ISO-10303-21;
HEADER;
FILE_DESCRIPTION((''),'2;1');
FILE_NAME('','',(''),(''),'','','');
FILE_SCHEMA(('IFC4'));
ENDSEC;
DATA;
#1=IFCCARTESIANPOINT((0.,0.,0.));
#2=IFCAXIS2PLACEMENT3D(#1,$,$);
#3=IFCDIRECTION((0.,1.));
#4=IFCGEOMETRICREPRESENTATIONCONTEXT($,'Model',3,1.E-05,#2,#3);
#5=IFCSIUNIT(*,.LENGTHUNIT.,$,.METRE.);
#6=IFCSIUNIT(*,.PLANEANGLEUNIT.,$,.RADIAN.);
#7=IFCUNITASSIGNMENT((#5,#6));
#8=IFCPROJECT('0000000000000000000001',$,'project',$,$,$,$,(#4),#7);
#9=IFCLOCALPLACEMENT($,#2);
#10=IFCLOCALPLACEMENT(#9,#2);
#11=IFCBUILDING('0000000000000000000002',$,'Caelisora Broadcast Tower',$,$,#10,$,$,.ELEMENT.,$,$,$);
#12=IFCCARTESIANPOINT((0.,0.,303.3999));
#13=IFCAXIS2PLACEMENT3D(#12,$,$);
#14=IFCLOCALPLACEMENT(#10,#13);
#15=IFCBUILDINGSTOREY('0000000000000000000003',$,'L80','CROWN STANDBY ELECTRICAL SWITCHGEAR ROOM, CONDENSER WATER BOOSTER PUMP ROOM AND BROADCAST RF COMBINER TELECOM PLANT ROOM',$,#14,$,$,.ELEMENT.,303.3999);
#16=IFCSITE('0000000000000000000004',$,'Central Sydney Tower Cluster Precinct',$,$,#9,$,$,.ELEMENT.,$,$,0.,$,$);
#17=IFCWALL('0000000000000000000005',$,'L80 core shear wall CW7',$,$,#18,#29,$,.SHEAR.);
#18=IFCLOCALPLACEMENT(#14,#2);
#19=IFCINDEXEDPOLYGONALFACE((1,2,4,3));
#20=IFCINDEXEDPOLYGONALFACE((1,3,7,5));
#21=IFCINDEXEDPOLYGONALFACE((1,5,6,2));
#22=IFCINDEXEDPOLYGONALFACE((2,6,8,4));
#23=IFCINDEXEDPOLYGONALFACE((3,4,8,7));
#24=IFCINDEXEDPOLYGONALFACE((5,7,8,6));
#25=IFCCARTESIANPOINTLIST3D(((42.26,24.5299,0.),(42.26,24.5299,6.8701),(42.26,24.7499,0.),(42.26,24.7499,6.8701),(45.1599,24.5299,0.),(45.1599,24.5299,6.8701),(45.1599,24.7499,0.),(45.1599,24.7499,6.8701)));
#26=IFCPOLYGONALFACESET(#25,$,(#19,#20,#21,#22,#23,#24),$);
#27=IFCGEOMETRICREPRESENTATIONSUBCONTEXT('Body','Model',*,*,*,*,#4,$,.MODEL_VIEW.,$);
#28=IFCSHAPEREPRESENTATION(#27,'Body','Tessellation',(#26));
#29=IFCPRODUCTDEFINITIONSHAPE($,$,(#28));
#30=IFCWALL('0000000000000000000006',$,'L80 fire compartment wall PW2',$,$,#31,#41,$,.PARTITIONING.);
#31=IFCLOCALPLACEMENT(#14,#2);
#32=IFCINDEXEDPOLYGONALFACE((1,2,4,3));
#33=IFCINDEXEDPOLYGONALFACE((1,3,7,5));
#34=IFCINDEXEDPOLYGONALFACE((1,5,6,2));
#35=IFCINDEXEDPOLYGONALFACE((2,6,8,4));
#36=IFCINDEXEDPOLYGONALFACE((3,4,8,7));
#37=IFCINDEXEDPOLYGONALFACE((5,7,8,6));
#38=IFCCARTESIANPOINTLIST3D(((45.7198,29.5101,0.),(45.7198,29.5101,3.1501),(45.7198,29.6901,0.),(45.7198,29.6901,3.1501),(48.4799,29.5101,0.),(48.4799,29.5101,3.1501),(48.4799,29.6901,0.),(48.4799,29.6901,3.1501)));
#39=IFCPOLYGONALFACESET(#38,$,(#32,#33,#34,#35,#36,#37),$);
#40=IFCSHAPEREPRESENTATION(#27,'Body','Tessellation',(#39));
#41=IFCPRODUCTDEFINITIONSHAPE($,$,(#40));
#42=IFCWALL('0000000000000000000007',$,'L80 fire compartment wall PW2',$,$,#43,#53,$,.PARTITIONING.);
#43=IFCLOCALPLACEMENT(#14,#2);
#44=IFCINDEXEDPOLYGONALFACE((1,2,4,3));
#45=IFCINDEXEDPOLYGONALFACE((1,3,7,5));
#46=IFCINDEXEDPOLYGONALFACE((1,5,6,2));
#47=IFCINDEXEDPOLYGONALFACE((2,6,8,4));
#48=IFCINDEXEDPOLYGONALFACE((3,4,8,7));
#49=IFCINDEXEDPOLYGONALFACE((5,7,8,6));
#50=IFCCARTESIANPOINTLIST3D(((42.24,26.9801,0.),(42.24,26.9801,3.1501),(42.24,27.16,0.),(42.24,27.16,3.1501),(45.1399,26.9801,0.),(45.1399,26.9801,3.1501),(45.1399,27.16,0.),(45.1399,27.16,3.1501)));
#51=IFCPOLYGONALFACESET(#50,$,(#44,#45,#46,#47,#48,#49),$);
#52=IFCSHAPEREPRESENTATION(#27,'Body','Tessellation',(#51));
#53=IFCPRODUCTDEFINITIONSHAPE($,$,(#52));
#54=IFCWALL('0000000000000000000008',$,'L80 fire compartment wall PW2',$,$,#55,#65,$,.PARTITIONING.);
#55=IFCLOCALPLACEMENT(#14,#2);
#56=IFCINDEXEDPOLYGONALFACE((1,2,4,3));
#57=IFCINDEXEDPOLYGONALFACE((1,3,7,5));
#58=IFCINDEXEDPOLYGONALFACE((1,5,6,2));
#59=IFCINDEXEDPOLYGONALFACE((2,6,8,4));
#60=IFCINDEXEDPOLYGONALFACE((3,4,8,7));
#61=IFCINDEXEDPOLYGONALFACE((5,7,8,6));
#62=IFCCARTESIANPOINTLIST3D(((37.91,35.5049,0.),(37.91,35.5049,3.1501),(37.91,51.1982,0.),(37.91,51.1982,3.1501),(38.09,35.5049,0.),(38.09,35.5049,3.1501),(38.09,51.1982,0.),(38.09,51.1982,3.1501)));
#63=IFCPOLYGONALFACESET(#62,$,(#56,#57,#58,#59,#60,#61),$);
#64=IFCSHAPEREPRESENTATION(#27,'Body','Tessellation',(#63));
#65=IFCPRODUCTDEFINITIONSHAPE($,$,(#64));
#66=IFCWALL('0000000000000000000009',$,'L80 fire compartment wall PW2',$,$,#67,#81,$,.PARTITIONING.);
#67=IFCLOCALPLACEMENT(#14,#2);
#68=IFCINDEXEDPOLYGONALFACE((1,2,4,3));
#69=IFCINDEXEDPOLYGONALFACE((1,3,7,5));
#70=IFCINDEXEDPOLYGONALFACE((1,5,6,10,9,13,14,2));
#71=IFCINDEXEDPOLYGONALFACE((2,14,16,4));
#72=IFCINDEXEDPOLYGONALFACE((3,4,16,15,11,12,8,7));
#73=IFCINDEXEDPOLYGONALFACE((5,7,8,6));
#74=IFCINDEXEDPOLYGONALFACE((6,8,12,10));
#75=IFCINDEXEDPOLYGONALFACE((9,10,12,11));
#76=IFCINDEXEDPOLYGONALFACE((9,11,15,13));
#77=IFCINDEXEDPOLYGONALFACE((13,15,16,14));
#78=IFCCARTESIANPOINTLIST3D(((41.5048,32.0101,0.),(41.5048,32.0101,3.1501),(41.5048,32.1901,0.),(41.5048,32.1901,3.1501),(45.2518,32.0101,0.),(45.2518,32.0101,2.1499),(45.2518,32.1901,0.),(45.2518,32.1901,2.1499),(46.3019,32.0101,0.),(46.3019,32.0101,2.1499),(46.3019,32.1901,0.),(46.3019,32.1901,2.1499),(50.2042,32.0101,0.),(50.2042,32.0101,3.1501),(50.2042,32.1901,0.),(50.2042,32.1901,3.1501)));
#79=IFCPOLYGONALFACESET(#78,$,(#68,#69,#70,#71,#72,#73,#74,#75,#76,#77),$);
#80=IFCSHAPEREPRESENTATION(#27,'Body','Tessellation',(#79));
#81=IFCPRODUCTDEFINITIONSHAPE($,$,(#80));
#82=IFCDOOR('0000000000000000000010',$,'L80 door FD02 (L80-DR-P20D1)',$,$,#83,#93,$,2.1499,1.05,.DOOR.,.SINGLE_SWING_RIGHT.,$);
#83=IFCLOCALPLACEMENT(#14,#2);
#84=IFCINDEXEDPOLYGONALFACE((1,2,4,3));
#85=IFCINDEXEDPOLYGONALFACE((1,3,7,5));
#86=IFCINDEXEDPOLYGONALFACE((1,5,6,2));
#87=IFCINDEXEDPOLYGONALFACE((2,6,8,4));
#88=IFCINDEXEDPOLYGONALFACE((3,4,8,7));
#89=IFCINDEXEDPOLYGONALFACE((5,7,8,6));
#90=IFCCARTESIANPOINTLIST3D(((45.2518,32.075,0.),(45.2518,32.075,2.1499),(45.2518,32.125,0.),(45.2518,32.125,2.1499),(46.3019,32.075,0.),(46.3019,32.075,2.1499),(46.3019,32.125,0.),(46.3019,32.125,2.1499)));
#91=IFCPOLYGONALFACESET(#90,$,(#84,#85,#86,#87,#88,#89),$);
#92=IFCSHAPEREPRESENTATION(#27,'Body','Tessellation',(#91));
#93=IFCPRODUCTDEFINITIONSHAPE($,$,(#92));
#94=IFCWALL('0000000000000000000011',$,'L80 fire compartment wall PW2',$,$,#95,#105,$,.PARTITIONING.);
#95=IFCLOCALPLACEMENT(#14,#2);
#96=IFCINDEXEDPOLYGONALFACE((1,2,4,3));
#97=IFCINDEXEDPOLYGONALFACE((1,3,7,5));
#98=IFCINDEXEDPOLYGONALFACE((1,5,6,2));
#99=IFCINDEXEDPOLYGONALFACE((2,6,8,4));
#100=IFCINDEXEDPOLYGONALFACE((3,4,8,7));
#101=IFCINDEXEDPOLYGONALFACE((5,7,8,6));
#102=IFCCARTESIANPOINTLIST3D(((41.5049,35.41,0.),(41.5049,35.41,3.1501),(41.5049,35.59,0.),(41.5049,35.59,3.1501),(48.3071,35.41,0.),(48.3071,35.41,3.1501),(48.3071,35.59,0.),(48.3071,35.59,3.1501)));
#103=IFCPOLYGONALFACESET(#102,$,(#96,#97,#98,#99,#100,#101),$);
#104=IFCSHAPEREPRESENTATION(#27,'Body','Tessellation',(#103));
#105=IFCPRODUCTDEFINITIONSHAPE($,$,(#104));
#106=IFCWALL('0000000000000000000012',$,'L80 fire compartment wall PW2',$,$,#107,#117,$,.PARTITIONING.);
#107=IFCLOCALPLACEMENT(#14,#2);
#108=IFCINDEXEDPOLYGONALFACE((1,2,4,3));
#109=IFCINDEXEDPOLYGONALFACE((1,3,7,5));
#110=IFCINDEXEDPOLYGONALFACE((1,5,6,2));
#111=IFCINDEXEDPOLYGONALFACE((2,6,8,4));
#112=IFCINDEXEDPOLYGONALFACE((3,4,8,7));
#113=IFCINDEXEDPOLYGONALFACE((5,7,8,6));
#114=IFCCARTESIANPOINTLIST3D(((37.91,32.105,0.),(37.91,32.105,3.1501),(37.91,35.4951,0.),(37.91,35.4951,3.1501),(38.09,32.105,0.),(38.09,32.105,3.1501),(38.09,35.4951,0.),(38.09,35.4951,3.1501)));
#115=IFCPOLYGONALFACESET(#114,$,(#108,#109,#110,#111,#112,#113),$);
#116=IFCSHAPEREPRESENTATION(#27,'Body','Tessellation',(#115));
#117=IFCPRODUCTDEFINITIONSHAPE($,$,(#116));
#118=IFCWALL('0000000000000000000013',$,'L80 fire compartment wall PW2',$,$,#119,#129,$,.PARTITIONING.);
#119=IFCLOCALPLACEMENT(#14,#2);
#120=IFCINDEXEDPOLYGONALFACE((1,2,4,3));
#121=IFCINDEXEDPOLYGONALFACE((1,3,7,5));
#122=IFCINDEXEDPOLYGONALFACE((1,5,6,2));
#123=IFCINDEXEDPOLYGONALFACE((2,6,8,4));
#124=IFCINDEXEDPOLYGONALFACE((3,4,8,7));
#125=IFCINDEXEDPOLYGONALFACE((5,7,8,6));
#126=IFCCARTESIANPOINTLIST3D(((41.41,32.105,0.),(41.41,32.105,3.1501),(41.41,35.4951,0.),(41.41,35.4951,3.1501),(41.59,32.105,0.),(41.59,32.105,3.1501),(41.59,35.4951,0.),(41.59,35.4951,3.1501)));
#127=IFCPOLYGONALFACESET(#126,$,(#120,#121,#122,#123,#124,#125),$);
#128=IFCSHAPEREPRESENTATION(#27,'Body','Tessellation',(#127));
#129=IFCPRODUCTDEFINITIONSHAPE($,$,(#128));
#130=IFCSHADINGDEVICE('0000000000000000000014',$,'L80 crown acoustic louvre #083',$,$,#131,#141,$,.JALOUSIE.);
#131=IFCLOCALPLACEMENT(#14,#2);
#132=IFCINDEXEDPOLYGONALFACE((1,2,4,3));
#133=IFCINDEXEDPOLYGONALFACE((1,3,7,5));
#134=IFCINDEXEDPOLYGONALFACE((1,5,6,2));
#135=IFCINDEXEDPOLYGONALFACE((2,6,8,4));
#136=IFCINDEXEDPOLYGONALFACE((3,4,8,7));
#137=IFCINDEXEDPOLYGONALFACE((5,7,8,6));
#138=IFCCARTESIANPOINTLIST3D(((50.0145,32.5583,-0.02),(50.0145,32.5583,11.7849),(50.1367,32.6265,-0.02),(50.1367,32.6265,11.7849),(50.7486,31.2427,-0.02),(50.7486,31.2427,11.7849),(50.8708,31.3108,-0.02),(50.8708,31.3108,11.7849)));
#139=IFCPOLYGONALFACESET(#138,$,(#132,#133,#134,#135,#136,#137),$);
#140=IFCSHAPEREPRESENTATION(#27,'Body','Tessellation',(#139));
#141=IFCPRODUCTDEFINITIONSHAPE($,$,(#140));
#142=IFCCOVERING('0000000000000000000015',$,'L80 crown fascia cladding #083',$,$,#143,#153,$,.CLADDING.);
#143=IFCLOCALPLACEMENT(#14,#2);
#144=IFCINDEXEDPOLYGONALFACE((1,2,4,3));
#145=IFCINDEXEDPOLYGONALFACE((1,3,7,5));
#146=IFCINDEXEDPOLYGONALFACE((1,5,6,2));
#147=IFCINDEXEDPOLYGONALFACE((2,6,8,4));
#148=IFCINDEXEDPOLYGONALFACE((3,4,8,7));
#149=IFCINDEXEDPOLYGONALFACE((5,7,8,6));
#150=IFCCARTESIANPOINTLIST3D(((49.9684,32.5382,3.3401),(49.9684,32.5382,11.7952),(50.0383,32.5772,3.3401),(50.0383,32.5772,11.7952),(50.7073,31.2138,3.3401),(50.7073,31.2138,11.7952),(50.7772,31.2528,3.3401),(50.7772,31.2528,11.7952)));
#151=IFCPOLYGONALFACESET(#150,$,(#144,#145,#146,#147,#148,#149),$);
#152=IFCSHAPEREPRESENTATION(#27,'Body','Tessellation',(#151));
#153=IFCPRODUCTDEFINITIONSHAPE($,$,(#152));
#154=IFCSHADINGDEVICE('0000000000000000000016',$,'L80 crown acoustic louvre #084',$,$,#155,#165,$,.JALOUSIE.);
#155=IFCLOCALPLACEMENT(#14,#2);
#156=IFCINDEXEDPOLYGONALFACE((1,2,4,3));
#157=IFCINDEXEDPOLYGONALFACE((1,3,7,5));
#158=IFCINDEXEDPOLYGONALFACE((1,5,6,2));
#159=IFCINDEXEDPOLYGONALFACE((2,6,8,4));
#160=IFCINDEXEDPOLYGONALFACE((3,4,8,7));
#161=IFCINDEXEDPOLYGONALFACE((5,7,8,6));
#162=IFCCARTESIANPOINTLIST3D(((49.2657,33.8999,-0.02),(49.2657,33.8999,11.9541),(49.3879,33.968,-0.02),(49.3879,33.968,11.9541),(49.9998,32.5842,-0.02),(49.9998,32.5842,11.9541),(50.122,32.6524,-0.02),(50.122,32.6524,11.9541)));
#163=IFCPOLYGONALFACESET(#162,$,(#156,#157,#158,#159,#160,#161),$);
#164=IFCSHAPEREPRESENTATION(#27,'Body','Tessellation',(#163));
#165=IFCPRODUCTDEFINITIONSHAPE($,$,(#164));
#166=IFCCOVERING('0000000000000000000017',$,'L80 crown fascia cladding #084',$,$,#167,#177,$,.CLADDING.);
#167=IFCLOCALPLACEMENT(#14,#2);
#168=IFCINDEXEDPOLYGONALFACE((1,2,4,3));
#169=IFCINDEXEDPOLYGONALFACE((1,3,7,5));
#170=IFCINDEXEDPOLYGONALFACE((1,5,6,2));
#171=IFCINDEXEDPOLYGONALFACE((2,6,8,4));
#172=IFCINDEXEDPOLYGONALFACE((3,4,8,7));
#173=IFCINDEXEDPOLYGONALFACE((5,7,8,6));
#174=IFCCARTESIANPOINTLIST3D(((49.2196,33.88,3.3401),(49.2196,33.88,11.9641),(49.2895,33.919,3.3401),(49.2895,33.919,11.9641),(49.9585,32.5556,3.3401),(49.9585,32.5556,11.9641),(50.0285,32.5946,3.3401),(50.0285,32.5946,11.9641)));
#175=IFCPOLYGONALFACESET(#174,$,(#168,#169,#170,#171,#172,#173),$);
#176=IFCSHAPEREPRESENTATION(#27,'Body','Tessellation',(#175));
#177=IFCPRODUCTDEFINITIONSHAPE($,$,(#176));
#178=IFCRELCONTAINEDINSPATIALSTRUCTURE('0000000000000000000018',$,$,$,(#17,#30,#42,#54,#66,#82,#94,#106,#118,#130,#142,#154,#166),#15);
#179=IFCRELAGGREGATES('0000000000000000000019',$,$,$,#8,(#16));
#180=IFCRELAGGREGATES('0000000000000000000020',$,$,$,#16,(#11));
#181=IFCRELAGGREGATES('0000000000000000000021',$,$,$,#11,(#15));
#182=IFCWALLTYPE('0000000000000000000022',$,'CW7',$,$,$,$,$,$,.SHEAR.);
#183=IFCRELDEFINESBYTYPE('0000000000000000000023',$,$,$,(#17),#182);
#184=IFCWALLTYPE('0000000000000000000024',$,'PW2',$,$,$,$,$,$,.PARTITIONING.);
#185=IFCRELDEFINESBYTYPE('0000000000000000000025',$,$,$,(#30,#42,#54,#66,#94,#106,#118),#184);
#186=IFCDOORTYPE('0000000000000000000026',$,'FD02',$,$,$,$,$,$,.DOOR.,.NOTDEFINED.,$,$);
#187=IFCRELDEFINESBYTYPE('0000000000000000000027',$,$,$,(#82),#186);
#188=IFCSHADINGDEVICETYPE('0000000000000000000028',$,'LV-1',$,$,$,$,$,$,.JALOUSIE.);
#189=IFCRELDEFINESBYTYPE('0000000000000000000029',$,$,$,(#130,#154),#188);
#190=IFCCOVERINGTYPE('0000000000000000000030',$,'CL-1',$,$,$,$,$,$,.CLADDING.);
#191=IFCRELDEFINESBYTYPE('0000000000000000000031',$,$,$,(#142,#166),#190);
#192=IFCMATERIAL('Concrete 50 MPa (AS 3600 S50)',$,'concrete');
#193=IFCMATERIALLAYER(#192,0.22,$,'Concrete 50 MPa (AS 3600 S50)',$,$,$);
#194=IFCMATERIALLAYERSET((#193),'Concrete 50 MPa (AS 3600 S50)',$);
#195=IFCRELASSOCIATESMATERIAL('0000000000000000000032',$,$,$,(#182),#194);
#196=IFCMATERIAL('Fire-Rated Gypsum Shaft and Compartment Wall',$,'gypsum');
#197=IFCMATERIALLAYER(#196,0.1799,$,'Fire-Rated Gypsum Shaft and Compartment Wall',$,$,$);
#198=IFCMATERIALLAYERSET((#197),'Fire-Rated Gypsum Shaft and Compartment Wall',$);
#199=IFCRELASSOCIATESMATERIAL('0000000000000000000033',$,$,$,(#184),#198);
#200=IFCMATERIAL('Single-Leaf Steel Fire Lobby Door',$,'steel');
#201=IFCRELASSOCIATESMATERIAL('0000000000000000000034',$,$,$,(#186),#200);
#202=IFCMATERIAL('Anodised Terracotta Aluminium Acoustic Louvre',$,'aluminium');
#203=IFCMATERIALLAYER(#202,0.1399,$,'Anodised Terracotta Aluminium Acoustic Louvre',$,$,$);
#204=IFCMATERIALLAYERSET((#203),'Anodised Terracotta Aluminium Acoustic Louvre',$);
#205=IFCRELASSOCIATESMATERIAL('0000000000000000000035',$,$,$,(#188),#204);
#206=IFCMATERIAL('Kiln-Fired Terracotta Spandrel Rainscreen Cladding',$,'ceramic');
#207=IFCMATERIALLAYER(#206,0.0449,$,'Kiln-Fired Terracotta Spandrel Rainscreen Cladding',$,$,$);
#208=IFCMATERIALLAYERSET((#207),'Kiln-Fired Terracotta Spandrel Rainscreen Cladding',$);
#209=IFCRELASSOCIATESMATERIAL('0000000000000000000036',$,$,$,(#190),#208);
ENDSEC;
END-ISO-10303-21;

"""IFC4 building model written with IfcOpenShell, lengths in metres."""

from ifc_helpers import new_model, si_unit, direction, frame, frame_2d, origin, origin_2d, place, context, subcontext, project, spatial, rectangle, extrude, source, transform, mapped, material, layer, layer_set, type_object, element, fill, save


model = new_model("IFC4")

# Units and contexts
model_context = context("Model", 3, precision=1e-05, world=origin(), true_north=direction((0.0, 1.0)))
body_context = subcontext(model_context, "Body", "Model", "MODEL_VIEW")
ifc_project = project(units=[si_unit("LENGTHUNIT", "METRE"), si_unit("PLANEANGLEUNIT", "RADIAN")], contexts=[model_context])

# Site, building, storey
site_placement = place(None, origin())
site = spatial("IfcSite", under=ifc_project, at=site_placement, Name="Central Sydney Tower Cluster Precinct", CompositionType="ELEMENT", RefElevation=0.0)
building_placement = place(site_placement, origin())
building = spatial("IfcBuilding", under=site, at=building_placement, Name="Caelisora Broadcast Tower", CompositionType="ELEMENT")
storey_placement = place(building_placement, frame((0.0, 0.0, 303.3999)))
storey = spatial("IfcBuildingStorey", under=building, at=storey_placement, Name="L80", Description="CROWN STANDBY ELECTRICAL SWITCHGEAR ROOM, CONDENSER WATER BOOSTER PUMP ROOM AND BROADCAST RF COMBINER TELECOM PLANT ROOM", CompositionType="ELEMENT", Elevation=303.3999)

# Walls
ifc_material_1 = material(Name="Concrete 50 MPa (AS 3600 S50)", Category="concrete")
ifc_layer_1 = layer(ifc_material_1, 0.22, Name="Concrete 50 MPa (AS 3600 S50)")
ifc_layer_set_1 = layer_set([ifc_layer_1], Name="Concrete 50 MPa (AS 3600 S50)")
wall_type_1 = type_object("IfcWallType", Name="CW7", PredefinedType="SHEAR", material=ifc_layer_set_1)
wall_1_placement = place(storey_placement, frame((42.26, 24.6399, 0.0), z_axis=(0.0, 0.0, 1.0), x_axis=(1.0, 0.0, 0.0)))
element("IfcWall", 1, at=wall_1_placement, inside=storey, type_object=wall_type_1, Name="L80 core shear wall CW7", PredefinedType="SHEAR", context=body_context, shape_type="SweptSolid", body=[
    extrude(rectangle(XDim=2.8999, YDim=0.22, at=frame_2d((1.45, 0.0))), origin(), (0.0, 0.0, 1.0), 6.8701),
])
ifc_material_2 = material(Name="Fire-Rated Gypsum Shaft and Compartment Wall", Category="gypsum")
ifc_layer_2 = layer(ifc_material_2, 0.1799, Name="Fire-Rated Gypsum Shaft and Compartment Wall")
ifc_layer_set_2 = layer_set([ifc_layer_2], Name="Fire-Rated Gypsum Shaft and Compartment Wall")
wall_type_2 = type_object("IfcWallType", Name="PW2", PredefinedType="PARTITIONING", material=ifc_layer_set_2)
wall_2_placement = place(storey_placement, frame((45.72, 29.6001, 0.0), z_axis=(0.0, 0.0, 1.0), x_axis=(1.0, 0.0, 0.0)))
element("IfcWall", 2, at=wall_2_placement, inside=storey, type_object=wall_type_2, Name="L80 fire compartment wall PW2", PredefinedType="PARTITIONING", context=body_context, shape_type="SweptSolid", body=[
    extrude(rectangle(XDim=2.76, YDim=0.1799, at=frame_2d((1.3799, 0.0))), origin(), (0.0, 0.0, 1.0), 3.1501),
])
wall_3_placement = place(storey_placement, frame((42.24, 27.0701, 0.0), z_axis=(0.0, 0.0, 1.0), x_axis=(1.0, 0.0, 0.0)))
element("IfcWall", 3, at=wall_3_placement, inside=storey, type_object=wall_type_2, Name="L80 fire compartment wall PW2", PredefinedType="PARTITIONING", context=body_context, shape_type="SweptSolid", body=[
    extrude(rectangle(XDim=2.8999, YDim=0.1799, at=frame_2d((1.45, 0.0))), origin(), (0.0, 0.0, 1.0), 3.1501),
])
wall_4_placement = place(storey_placement, frame((38.0, 35.5049, 0.0), z_axis=(0.0, 0.0, 1.0), x_axis=(0.0, 1.0, 0.0)))
element("IfcWall", 4, at=wall_4_placement, inside=storey, type_object=wall_type_2, Name="L80 fire compartment wall PW2", PredefinedType="PARTITIONING", context=body_context, shape_type="SweptSolid", body=[
    extrude(rectangle(XDim=15.6934, YDim=0.1799, at=frame_2d((7.8467, 0.0))), origin(), (0.0, 0.0, 1.0), 3.1501),
])

# Wall, opening, door
wall_5_placement = place(storey_placement, frame((41.5049, 32.1001, 0.0), z_axis=(0.0, 0.0, 1.0), x_axis=(1.0, 0.0, 0.0)))
wall_5 = element("IfcWall", 5, at=wall_5_placement, inside=storey, type_object=wall_type_2, Name="L80 fire compartment wall PW2", PredefinedType="PARTITIONING", context=body_context, shape_type="SweptSolid", body=[
    extrude(rectangle(XDim=8.6995, YDim=0.1799, at=frame_2d((4.3496, 0.0))), origin(), (0.0, 0.0, 1.0), 3.1501),
])
opening_1_placement = place(wall_5_placement, frame((3.7471, 0.0, 0.0)))
opening_1 = element("IfcOpeningElement", 6, at=opening_1_placement, cuts=wall_5, PredefinedType="OPENING", context=body_context, shape_type="SweptSolid", body=[
    extrude(rectangle(XDim=1.05, YDim=2.1499, at=frame_2d((0.5249, 1.075))), frame((0.0, 0.1021, 0.0), z_axis=(0.0, -1.0, 0.0), x_axis=(1.0, 0.0, 0.0)), (0.0, 0.0, 1.0), 0.2039),
])
ifc_material_3 = material(Name="Single-Leaf Steel Fire Lobby Door", Category="steel")
door_type = type_object("IfcDoorType", Name="FD02", OperationType="NOTDEFINED", PredefinedType="DOOR", material=ifc_material_3)
door_1_placement = place(opening_1_placement, origin())
door_1 = element("IfcDoor", 7, at=door_1_placement, inside=storey, type_object=door_type, Name="L80 door FD02 (L80-DR-P20D1)", OperationType="SINGLE_SWING_RIGHT", OverallHeight=2.1499, OverallWidth=1.05, PredefinedType="DOOR", context=body_context, shape_type="SweptSolid", body=[
    extrude(rectangle(XDim=1.05, YDim=2.1499, at=frame_2d((0.5249, 1.075))), frame((0.0, 0.0249, 0.0), z_axis=(0.0, -1.0, 0.0), x_axis=(1.0, 0.0, 0.0)), (0.0, 0.0, 1.0), 0.05),
])
fill(opening_1, door_1)

# Wall
wall_6_placement = place(storey_placement, frame((41.5049, 35.5, 0.0), z_axis=(0.0, 0.0, 1.0), x_axis=(1.0, 0.0, 0.0)))
element("IfcWall", 8, at=wall_6_placement, inside=storey, type_object=wall_type_2, Name="L80 fire compartment wall PW2", PredefinedType="PARTITIONING", context=body_context, shape_type="SweptSolid", body=[
    extrude(rectangle(XDim=6.8022, YDim=0.1799, at=frame_2d((3.4011, 0.0))), origin(), (0.0, 0.0, 1.0), 3.1501),
])

# Walls
for number, where, z_axis, x_axis, name in (
    (9, (38.0, 32.105, 0.0), (0.0, 0.0, 1.0), (0.0, 1.0, 0.0), "L80 fire compartment wall PW2"),
    (10, (41.5, 32.105, 0.0), (0.0, 0.0, 1.0), (0.0, 1.0, 0.0), "L80 fire compartment wall PW2"),
):
    element("IfcWall", number, at=place(storey_placement, frame(where, z_axis=z_axis, x_axis=x_axis)), inside=storey, type_object=wall_type_2, Name=name, PredefinedType="PARTITIONING", context=body_context, shape_type="SweptSolid", body=[
        extrude(rectangle(XDim=3.3901, YDim=0.1799, at=frame_2d((1.6951, 0.0))), origin(), (0.0, 0.0, 1.0), 3.1501),
    ])

# Shading device
ifc_material_4 = material(Name="Anodised Terracotta Aluminium Acoustic Louvre", Category="aluminium")
ifc_layer_3 = layer(ifc_material_4, 0.1399, Name="Anodised Terracotta Aluminium Acoustic Louvre")
ifc_layer_set_3 = layer_set([ifc_layer_3], Name="Anodised Terracotta Aluminium Acoustic Louvre")
shading_device_type = type_object("IfcShadingDeviceType", Name="LV-1", PredefinedType="JALOUSIE", material=ifc_layer_set_3)
shared_shape_1 = source(origin(), body_context, "Body", "SweptSolid", [
    extrude(rectangle(XDim=1.5066, YDim=0.1399, at=origin_2d()), origin(), (0.0, 0.0, 1.0), 11.8049),
])
shading_device_1_placement = place(storey_placement, frame((50.4426, 31.9346, -0.02), z_axis=(0.0, 0.0, 1.0), x_axis=(-0.48725, 0.873262, 0.0)))
element("IfcShadingDevice", 11, at=shading_device_1_placement, inside=storey, type_object=shading_device_type, Name="L80 crown acoustic louvre #083", PredefinedType="JALOUSIE", context=body_context, shape_type="MappedRepresentation", body=[
    mapped(shared_shape_1, transform((0.0, 0.0, 0.0), scale=1.0)),
])

# Covering
ifc_material_5 = material(Name="Kiln-Fired Terracotta Spandrel Rainscreen Cladding", Category="ceramic")
ifc_layer_4 = layer(ifc_material_5, 0.0449, Name="Kiln-Fired Terracotta Spandrel Rainscreen Cladding")
ifc_layer_set_4 = layer_set([ifc_layer_4], Name="Kiln-Fired Terracotta Spandrel Rainscreen Cladding")
covering_type = type_object("IfcCoveringType", Name="CL-1", PredefinedType="CLADDING", material=ifc_layer_set_4)
shared_shape_2 = source(origin(), body_context, "Body", "SweptSolid", [
    extrude(rectangle(XDim=1.5166, YDim=0.0801, at=origin_2d()), origin(), (0.0, 0.0, 1.0), 8.4551),
])
covering_1_placement = place(storey_placement, frame((50.3728, 31.8955, 3.3401), z_axis=(0.0, 0.0, 1.0), x_axis=(-0.48725, 0.873262, 0.0)))
element("IfcCovering", 12, at=covering_1_placement, inside=storey, type_object=covering_type, Name="L80 crown fascia cladding #083", PredefinedType="CLADDING", context=body_context, shape_type="MappedRepresentation", body=[
    mapped(shared_shape_2, transform((0.0, 0.0, 0.0), scale=1.0)),
])

# Shading device
shared_shape_3 = source(origin(), body_context, "Body", "SweptSolid", [
    extrude(rectangle(XDim=1.5066, YDim=0.1399, at=origin_2d()), origin(), (0.0, 0.0, 1.0), 11.9741),
])
shading_device_2_placement = place(storey_placement, frame((49.6938, 33.2761, -0.02), z_axis=(0.0, 0.0, 1.0), x_axis=(-0.48725, 0.873262, 0.0)))
element("IfcShadingDevice", 13, at=shading_device_2_placement, inside=storey, type_object=shading_device_type, Name="L80 crown acoustic louvre #084", PredefinedType="JALOUSIE", context=body_context, shape_type="MappedRepresentation", body=[
    mapped(shared_shape_3, transform((0.0, 0.0, 0.0), scale=1.0)),
])

# Covering
shared_shape_4 = source(origin(), body_context, "Body", "SweptSolid", [
    extrude(rectangle(XDim=1.5166, YDim=0.0801, at=origin_2d()), origin(), (0.0, 0.0, 1.0), 8.624),
])
covering_2_placement = place(storey_placement, frame((49.624, 33.2373, 3.3401), z_axis=(0.0, 0.0, 1.0), x_axis=(-0.48725, 0.873262, 0.0)))
element("IfcCovering", 14, at=covering_2_placement, inside=storey, type_object=covering_type, Name="L80 crown fascia cladding #084", PredefinedType="CLADDING", context=body_context, shape_type="MappedRepresentation", body=[
    mapped(shared_shape_4, transform((0.0, 0.0, 0.0), scale=1.0)),
])

save(model, "model.ifc")
